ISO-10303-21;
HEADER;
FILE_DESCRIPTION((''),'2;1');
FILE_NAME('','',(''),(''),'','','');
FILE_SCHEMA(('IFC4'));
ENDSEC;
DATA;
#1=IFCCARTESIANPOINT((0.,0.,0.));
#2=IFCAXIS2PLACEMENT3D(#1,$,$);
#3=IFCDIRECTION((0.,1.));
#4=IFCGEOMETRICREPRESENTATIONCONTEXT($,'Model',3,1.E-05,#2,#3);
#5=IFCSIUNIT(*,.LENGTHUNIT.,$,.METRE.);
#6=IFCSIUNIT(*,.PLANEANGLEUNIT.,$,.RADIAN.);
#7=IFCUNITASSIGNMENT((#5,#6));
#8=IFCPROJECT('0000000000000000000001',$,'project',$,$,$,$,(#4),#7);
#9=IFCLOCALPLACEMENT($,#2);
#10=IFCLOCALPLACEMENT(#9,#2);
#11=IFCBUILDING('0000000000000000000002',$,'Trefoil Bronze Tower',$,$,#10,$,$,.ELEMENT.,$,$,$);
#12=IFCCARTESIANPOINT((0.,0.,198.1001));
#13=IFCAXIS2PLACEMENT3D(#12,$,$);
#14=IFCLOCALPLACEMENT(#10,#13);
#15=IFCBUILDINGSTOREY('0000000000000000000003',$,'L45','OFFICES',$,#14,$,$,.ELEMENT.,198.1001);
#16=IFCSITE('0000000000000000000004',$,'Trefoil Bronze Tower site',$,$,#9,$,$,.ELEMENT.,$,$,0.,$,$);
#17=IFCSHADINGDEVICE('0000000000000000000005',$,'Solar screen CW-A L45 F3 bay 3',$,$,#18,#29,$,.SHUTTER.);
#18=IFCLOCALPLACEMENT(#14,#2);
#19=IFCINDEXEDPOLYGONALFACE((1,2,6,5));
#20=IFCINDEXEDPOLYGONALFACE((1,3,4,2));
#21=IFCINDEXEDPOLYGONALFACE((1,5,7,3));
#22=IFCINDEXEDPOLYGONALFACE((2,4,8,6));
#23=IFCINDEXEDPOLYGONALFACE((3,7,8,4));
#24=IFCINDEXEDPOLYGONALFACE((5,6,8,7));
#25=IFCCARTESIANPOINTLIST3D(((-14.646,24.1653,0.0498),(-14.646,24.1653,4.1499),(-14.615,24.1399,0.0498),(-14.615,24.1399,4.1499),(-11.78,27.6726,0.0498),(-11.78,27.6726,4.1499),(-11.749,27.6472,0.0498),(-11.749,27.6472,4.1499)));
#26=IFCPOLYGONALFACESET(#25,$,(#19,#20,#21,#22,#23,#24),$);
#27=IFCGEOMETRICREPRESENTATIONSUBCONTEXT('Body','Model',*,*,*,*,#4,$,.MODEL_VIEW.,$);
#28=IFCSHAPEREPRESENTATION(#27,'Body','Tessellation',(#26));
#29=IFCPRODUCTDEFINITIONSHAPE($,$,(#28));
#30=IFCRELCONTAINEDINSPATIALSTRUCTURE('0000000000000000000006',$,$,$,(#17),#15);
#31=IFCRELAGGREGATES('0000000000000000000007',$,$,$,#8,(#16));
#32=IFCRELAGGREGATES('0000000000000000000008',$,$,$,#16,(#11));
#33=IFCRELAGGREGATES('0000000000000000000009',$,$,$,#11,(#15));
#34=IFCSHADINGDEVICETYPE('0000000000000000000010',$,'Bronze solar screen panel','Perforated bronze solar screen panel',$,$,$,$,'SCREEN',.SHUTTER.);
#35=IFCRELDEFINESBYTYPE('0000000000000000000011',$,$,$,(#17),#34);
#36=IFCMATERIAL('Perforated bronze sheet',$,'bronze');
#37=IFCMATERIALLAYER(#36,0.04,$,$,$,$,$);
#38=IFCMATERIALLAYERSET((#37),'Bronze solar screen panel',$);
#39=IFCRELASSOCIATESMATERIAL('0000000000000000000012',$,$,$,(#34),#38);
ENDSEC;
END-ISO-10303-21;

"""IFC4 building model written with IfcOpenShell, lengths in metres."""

from ifc_helpers import new_model, si_unit, direction, frame, origin, origin_2d, place, context, subcontext, project, spatial, rectangle, extrude, material, layer, layer_set, type_object, element, save


model = new_model("IFC4")

# Units and contexts
model_context = context("Model", 3, precision=1e-05, world=origin(), true_north=direction((0.0, 1.0)))
body_context = subcontext(model_context, "Body", "Model", "MODEL_VIEW")
ifc_project = project(units=[si_unit("LENGTHUNIT", "METRE"), si_unit("PLANEANGLEUNIT", "RADIAN")], contexts=[model_context])

# Site, building, storey
site_placement = place(None, origin())
site = spatial("IfcSite", under=ifc_project, at=site_placement, Name="Trefoil Bronze Tower site", CompositionType="ELEMENT", RefElevation=0.0)
building_placement = place(site_placement, origin())
building = spatial("IfcBuilding", under=site, at=building_placement, Name="Trefoil Bronze Tower", CompositionType="ELEMENT")
storey_placement = place(building_placement, frame((0.0, 0.0, 198.1001)))
storey = spatial("IfcBuildingStorey", under=building, at=storey_placement, Name="L45", Description="OFFICES", CompositionType="ELEMENT", Elevation=198.1001)

# Shading device
ifc_material_1 = material(Name="Perforated bronze sheet", Category="bronze")
ifc_layer_1 = layer(ifc_material_1, 0.04)
ifc_layer_set_1 = layer_set([ifc_layer_1], Name="Bronze solar screen panel")
shading_device_type = type_object("IfcShadingDeviceType", Name="Bronze solar screen panel", Description="Perforated bronze solar screen panel", ElementType="SCREEN", PredefinedType="SHUTTER", material=ifc_layer_set_1)
shading_device_1_placement = place(storey_placement, frame((-13.1975, 25.9062, 0.0498), z_axis=(0.0, 0.0, 1.0), x_axis=(-0.632753, -0.774354, 0.0)))
element("IfcShadingDevice", 1, at=shading_device_1_placement, inside=storey, type_object=shading_device_type, Name="Solar screen CW-A L45 F3 bay 3", PredefinedType="SHUTTER", context=body_context, shape_type="SweptSolid", body=[
    extrude(rectangle(XDim=4.5293, YDim=0.04, at=origin_2d()), origin(), (0.0, 0.0, 1.0), 4.1001),
])

save(model, "model.ifc")
